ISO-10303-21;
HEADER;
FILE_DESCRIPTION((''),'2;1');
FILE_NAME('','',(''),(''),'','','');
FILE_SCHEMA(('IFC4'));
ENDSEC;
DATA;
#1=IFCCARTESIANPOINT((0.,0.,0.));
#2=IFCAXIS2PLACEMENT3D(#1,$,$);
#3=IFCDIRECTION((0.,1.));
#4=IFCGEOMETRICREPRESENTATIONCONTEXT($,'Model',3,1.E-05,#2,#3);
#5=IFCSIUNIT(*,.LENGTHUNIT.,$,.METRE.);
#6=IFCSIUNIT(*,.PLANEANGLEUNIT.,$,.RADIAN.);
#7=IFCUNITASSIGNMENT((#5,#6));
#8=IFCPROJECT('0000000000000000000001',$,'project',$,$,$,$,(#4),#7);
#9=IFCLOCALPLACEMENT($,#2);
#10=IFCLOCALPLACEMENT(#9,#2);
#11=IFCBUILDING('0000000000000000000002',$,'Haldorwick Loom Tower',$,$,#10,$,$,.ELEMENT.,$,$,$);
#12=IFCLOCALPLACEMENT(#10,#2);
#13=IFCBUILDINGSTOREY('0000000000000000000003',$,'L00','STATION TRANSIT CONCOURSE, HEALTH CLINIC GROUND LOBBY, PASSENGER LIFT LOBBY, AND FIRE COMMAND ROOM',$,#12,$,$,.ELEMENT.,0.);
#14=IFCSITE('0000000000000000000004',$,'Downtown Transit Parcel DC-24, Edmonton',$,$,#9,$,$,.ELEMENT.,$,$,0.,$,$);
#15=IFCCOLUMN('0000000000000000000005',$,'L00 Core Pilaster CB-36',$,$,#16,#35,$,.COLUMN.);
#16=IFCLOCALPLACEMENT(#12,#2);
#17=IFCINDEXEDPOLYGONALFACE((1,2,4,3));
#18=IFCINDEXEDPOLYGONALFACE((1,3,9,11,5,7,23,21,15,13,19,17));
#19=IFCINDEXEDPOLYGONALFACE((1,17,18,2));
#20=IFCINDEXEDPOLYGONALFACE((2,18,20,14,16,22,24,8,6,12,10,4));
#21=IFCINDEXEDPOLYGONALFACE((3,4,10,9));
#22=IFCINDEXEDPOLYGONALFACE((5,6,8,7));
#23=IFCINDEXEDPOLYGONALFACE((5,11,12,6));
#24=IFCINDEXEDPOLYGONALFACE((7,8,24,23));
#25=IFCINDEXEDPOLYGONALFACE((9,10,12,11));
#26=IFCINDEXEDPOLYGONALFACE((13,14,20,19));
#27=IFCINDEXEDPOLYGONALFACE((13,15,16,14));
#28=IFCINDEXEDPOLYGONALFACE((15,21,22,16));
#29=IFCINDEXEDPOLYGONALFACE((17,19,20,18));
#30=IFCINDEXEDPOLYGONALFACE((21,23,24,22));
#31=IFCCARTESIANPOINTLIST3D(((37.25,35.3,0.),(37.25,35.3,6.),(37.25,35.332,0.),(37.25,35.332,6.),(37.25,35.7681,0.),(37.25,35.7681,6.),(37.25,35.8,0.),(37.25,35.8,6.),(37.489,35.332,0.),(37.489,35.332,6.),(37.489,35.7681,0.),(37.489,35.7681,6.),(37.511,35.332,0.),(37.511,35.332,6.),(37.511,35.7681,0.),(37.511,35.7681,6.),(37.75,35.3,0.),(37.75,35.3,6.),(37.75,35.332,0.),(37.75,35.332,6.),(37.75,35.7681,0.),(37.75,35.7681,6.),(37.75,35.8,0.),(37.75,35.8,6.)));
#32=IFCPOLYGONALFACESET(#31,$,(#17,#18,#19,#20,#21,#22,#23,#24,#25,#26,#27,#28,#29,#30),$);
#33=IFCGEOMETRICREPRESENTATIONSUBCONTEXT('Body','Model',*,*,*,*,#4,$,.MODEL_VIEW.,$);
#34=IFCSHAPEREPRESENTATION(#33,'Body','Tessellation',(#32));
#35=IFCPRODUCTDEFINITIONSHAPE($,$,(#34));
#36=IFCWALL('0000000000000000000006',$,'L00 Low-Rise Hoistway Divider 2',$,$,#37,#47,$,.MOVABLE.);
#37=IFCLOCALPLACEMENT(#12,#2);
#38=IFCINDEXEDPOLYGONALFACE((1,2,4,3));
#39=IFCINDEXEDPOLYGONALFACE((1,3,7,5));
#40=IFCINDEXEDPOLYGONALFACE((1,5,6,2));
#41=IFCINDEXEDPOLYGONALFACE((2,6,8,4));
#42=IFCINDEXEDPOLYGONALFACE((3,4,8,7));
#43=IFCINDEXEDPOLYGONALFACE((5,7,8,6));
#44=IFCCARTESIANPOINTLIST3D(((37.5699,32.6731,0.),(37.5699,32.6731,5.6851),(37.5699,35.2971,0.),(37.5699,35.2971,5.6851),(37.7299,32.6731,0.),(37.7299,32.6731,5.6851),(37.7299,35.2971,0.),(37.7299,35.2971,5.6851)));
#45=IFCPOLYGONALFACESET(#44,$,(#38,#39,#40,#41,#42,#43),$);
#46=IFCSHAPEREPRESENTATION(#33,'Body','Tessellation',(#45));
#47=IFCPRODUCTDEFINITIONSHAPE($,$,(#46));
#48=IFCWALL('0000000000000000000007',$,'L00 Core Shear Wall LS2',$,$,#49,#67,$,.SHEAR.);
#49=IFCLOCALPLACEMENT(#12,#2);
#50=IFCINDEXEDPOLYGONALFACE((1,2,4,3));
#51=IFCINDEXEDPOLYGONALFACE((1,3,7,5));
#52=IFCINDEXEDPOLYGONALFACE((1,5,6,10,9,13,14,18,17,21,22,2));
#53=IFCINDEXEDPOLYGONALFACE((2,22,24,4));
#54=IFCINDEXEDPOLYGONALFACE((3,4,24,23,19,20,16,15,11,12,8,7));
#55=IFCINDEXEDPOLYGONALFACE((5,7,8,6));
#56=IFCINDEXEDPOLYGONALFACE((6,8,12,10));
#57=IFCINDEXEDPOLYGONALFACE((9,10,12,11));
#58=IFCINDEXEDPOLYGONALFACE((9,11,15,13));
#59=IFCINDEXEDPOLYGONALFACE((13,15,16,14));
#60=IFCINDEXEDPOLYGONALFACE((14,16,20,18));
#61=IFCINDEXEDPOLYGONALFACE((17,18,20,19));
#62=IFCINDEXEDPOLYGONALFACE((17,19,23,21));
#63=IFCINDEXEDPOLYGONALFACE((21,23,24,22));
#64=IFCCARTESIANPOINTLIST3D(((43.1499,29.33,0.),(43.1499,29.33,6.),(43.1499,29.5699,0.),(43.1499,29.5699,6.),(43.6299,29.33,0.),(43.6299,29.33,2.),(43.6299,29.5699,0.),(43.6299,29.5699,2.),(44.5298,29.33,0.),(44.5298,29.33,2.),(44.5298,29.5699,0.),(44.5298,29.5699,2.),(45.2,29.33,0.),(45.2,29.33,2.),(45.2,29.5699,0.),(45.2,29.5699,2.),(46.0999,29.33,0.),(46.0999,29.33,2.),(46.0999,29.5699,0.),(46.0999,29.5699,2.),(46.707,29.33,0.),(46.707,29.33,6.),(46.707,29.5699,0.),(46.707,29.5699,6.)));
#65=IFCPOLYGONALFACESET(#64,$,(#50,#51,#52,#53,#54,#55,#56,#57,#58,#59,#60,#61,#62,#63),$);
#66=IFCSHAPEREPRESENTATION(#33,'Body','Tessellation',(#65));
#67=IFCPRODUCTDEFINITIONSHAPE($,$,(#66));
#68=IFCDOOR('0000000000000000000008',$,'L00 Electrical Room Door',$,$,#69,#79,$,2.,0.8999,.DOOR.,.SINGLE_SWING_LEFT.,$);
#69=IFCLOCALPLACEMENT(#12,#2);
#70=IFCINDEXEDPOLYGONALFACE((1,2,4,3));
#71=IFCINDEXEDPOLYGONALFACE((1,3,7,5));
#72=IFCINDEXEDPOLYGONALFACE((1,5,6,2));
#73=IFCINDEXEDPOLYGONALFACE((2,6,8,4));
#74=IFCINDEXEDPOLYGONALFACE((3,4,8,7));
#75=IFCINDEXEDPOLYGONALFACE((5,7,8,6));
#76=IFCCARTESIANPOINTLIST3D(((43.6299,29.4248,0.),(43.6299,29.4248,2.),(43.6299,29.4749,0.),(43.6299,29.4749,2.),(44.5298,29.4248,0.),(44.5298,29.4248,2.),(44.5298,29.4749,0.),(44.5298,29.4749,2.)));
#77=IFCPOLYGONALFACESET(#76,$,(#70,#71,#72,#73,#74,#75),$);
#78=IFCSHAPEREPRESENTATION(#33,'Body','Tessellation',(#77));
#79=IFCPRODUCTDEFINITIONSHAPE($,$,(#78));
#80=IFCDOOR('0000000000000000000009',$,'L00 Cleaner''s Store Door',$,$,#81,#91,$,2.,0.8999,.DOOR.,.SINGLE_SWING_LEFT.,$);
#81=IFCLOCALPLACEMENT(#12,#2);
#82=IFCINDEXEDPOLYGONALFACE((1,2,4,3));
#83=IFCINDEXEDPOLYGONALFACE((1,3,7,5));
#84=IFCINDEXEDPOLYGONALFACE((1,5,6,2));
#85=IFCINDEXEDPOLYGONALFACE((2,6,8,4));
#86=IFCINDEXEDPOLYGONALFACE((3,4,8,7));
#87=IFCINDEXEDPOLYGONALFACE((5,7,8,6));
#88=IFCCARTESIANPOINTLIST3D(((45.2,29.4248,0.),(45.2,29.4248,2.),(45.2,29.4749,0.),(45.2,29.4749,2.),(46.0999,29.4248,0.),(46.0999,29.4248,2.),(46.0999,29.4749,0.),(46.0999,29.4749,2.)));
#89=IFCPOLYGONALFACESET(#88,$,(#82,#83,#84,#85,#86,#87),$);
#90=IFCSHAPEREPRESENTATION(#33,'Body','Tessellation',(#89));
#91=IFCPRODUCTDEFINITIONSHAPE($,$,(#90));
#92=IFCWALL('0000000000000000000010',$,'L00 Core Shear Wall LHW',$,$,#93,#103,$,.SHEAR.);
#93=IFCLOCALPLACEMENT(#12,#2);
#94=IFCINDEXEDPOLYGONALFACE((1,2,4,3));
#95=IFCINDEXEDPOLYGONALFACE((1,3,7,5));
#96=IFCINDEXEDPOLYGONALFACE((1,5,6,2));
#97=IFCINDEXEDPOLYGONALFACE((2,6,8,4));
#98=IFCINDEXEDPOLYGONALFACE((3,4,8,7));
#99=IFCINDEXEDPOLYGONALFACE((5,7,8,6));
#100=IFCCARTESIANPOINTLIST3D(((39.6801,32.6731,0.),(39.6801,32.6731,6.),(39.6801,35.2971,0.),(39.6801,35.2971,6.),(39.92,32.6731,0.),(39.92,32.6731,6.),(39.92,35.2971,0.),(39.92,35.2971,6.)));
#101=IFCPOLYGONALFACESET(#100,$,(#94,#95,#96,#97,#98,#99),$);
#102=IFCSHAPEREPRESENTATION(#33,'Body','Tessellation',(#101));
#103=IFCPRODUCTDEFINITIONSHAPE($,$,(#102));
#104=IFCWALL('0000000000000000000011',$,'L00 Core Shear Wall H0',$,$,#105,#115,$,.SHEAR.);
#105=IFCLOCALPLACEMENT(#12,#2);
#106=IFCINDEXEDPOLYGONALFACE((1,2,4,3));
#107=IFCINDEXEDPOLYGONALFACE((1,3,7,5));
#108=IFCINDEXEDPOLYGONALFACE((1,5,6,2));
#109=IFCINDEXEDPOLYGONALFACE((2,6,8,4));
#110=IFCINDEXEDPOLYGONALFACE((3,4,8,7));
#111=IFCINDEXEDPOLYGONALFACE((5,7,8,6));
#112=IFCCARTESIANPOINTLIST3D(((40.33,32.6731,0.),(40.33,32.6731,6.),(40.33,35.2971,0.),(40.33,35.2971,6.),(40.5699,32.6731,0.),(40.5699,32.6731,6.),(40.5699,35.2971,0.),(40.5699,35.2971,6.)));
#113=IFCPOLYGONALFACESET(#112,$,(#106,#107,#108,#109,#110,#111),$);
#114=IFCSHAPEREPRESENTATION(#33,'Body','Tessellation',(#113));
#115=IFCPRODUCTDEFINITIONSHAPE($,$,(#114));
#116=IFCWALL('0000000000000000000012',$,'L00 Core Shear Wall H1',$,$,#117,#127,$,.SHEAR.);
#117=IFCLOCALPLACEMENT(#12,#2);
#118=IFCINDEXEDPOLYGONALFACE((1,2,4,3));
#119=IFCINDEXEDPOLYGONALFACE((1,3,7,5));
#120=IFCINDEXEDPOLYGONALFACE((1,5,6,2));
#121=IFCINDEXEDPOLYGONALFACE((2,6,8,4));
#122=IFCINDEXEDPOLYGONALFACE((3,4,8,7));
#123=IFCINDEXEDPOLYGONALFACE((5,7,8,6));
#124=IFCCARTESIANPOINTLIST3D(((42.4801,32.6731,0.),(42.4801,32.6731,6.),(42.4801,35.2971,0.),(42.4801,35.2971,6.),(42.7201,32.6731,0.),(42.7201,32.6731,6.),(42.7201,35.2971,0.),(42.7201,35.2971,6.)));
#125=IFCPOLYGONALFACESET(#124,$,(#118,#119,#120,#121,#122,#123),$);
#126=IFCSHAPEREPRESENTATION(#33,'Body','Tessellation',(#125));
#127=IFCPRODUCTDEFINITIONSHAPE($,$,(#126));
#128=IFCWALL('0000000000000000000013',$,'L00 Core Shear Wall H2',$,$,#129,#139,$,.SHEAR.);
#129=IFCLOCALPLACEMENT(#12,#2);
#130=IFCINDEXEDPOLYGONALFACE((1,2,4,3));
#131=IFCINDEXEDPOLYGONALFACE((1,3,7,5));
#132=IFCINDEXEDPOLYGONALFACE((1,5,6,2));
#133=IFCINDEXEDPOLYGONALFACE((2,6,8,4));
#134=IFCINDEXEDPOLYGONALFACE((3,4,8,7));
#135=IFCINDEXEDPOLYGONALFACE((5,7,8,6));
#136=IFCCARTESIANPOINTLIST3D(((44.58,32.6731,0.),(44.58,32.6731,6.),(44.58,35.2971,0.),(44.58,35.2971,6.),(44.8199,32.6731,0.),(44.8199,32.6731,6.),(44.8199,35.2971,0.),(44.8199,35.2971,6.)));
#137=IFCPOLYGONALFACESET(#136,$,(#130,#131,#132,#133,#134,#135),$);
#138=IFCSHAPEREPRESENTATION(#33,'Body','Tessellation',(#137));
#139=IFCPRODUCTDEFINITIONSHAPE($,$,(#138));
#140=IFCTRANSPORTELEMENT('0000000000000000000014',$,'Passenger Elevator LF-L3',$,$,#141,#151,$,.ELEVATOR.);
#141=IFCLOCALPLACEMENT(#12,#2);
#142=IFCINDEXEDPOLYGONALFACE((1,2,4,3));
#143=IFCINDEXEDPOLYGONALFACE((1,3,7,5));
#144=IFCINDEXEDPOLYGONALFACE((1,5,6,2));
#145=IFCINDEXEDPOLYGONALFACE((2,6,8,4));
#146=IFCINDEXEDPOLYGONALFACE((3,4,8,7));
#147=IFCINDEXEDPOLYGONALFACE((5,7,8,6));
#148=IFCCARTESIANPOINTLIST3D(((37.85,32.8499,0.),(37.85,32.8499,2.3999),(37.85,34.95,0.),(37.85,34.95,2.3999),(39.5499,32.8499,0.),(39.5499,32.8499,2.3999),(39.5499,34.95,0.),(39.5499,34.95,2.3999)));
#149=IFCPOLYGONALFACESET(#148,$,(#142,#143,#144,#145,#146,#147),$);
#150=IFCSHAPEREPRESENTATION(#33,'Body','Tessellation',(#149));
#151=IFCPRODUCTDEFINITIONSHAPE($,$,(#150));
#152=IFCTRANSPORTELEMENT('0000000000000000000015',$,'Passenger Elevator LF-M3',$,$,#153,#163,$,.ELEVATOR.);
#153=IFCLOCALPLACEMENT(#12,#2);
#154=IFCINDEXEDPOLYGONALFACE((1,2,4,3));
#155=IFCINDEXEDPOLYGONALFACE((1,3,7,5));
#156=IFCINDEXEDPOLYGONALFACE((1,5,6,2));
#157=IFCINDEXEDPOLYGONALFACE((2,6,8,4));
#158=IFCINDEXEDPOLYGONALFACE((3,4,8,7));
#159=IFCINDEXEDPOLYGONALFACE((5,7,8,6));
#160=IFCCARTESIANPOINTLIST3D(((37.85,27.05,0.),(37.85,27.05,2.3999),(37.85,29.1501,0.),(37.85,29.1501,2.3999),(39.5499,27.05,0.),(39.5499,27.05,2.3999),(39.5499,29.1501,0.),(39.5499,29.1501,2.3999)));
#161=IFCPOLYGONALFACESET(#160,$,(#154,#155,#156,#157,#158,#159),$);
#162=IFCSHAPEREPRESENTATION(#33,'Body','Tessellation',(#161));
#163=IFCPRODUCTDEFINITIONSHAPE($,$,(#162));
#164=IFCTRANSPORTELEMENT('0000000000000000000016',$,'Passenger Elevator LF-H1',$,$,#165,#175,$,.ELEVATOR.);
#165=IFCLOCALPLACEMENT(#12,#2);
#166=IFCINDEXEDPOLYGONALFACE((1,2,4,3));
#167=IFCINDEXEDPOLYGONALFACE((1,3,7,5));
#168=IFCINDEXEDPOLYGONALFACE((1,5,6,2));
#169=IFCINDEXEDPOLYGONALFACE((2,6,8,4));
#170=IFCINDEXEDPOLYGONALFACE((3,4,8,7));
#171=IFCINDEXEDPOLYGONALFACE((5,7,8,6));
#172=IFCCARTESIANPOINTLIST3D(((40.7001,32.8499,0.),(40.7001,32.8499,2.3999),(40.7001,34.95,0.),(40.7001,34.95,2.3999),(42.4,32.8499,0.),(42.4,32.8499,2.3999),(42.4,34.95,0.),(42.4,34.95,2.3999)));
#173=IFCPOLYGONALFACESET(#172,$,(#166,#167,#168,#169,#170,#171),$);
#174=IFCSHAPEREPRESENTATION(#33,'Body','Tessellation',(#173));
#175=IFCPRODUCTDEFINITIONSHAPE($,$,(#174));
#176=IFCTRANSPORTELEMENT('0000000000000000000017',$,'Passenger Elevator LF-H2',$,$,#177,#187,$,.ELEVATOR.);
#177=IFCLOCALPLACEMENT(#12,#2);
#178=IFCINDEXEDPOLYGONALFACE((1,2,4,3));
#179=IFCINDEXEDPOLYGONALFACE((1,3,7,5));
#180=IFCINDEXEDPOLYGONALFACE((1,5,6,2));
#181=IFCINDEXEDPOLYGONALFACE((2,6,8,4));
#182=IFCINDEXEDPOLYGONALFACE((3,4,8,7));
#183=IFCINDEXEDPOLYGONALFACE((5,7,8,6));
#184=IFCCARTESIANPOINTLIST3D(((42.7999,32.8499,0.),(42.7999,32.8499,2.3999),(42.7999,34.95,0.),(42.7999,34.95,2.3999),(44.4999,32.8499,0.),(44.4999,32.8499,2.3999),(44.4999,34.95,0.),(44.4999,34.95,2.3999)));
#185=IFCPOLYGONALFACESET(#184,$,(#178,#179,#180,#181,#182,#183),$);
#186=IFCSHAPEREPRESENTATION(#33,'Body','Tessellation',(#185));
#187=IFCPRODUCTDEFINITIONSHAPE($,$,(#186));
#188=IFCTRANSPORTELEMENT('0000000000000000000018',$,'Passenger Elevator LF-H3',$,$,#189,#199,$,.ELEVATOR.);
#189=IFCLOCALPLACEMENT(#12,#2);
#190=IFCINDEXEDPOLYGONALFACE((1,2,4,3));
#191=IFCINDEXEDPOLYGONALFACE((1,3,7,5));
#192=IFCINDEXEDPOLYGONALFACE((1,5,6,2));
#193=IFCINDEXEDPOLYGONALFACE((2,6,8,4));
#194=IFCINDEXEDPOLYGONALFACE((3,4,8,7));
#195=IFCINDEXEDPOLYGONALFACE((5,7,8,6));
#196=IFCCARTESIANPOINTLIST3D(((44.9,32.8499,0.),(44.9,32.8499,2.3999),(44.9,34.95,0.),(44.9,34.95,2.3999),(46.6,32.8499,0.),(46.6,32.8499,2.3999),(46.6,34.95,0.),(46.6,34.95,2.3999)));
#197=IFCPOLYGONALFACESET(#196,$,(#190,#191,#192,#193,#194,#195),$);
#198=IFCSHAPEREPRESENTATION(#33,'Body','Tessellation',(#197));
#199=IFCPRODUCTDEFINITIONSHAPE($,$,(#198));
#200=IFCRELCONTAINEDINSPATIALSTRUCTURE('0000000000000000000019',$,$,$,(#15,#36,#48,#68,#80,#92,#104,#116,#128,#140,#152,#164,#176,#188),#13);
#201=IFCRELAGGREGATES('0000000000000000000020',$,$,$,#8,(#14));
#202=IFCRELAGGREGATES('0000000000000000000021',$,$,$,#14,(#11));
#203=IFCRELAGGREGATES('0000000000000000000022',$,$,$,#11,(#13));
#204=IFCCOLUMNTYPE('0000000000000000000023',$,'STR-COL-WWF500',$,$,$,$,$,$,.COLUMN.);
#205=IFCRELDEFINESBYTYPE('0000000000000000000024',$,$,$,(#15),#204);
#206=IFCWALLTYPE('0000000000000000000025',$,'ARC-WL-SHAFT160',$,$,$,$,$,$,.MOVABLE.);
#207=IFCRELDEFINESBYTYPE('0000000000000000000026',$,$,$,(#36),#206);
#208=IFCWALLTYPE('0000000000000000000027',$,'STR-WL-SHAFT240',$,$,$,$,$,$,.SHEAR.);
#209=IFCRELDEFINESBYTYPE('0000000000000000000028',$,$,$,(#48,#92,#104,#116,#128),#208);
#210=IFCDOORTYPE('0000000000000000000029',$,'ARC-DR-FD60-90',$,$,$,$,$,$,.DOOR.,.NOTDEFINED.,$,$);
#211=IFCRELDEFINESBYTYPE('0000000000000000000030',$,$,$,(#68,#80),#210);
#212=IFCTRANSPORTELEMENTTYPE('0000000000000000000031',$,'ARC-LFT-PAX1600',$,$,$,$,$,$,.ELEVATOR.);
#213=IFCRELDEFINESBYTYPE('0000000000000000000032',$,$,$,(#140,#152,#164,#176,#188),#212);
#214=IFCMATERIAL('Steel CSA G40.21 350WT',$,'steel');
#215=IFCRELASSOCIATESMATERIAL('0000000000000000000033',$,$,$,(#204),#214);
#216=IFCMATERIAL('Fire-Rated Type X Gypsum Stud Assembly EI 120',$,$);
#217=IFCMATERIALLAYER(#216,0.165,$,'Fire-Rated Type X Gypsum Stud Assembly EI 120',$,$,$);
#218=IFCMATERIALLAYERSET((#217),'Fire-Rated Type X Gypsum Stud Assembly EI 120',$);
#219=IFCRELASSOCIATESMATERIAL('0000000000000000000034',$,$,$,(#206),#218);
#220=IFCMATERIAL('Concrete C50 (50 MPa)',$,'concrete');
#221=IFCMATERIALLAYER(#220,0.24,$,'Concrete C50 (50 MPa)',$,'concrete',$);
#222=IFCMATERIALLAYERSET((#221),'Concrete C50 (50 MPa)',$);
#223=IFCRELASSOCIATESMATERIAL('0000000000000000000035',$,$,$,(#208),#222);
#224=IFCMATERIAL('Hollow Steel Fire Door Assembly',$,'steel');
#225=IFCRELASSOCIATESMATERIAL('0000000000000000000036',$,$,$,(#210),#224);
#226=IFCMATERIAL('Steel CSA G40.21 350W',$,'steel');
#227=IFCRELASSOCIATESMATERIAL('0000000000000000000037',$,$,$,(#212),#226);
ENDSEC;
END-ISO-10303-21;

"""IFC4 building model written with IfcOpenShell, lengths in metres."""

from ifc_helpers import new_model, si_unit, direction, frame, frame_2d, origin, origin_2d, place, context, subcontext, project, spatial, rectangle, i_section, extrude, material, layer, layer_set, material_profile, profile_set, type_object, element, fill, save


model = new_model("IFC4")

# Units and contexts
model_context = context("Model", 3, precision=1e-05, world=origin(), true_north=direction((0.0, 1.0)))
body_context = subcontext(model_context, "Body", "Model", "MODEL_VIEW")
ifc_project = project(units=[si_unit("LENGTHUNIT", "METRE"), si_unit("PLANEANGLEUNIT", "RADIAN")], contexts=[model_context])

# Site, building, storey
site_placement = place(None, origin())
site = spatial("IfcSite", under=ifc_project, at=site_placement, Name="Downtown Transit Parcel DC-24, Edmonton", CompositionType="ELEMENT", RefElevation=0.0)
building_placement = place(site_placement, origin())
building = spatial("IfcBuilding", under=site, at=building_placement, Name="Haldorwick Loom Tower", CompositionType="ELEMENT")
storey_placement = place(building_placement, origin())
storey = spatial("IfcBuildingStorey", under=building, at=storey_placement, Name="L00", Description="STATION TRANSIT CONCOURSE, HEALTH CLINIC GROUND LOBBY, PASSENGER LIFT LOBBY, AND FIRE COMMAND ROOM", CompositionType="ELEMENT", Elevation=0.0)

# Column
ifc_material_1 = material(Name="Steel CSA G40.21 350WT", Category="steel")
ifc_material_profile = material_profile(ifc_material_1, i_section(OverallWidth=0.5, OverallDepth=0.5, WebThickness=0.022, FlangeThickness=0.032, at=origin_2d()), Name="WWF500X500", Category="steel")
ifc_profile_set = profile_set([ifc_material_profile], Name="Steel CSA G40.21 350WT")
column_type = type_object("IfcColumnType", Name="STR-COL-WWF500", PredefinedType="COLUMN", material=ifc_profile_set)
column_placement = place(storey_placement, frame((37.5, 35.55, 0.0), z_axis=(0.0, 0.0, 1.0), x_axis=(1.0, 0.0, 0.0)))
element("IfcColumn", 1, at=column_placement, inside=storey, type_object=column_type, Name="L00 Core Pilaster CB-36", PredefinedType="COLUMN", context=body_context, shape_type="SweptSolid", body=[
    extrude(i_section(OverallWidth=0.5, OverallDepth=0.5, WebThickness=0.022, FlangeThickness=0.032, at=origin_2d()), origin(), (0.0, 0.0, 1.0), 6.0),
])

# Wall
ifc_material_2 = material(Name="Fire-Rated Type X Gypsum Stud Assembly EI 120")
ifc_layer_1 = layer(ifc_material_2, 0.165, Name="Fire-Rated Type X Gypsum Stud Assembly EI 120")
ifc_layer_set_1 = layer_set([ifc_layer_1], Name="Fire-Rated Type X Gypsum Stud Assembly EI 120")
wall_type_1 = type_object("IfcWallType", Name="ARC-WL-SHAFT160", PredefinedType="MOVABLE", material=ifc_layer_set_1)
wall_1_placement = place(storey_placement, frame((37.6499, 32.6731, 0.0), z_axis=(0.0, 0.0, 1.0), x_axis=(0.0, 1.0, 0.0)))
element("IfcWall", 2, at=wall_1_placement, inside=storey, type_object=wall_type_1, Name="L00 Low-Rise Hoistway Divider 2", PredefinedType="MOVABLE", context=body_context, shape_type="SweptSolid", body=[
    extrude(rectangle(XDim=2.624, YDim=0.1599, at=frame_2d((1.312, 0.0))), origin(), (0.0, 0.0, 1.0), 5.6851),
])

# Wall, openings, doors
ifc_material_3 = material(Name="Concrete C50 (50 MPa)", Category="concrete")
ifc_layer_2 = layer(ifc_material_3, 0.24, Name="Concrete C50 (50 MPa)", Category="concrete")
ifc_layer_set_2 = layer_set([ifc_layer_2], Name="Concrete C50 (50 MPa)")
wall_type_2 = type_object("IfcWallType", Name="STR-WL-SHAFT240", PredefinedType="SHEAR", material=ifc_layer_set_2)
wall_2_placement = place(storey_placement, frame((43.1499, 29.45, 0.0), z_axis=(0.0, 0.0, 1.0), x_axis=(1.0, 0.0, 0.0)))
wall_2 = element("IfcWall", 3, at=wall_2_placement, inside=storey, type_object=wall_type_2, Name="L00 Core Shear Wall LS2", PredefinedType="SHEAR", context=body_context, shape_type="SweptSolid", body=[
    extrude(rectangle(XDim=3.5571, YDim=0.24, at=frame_2d((1.7786, 0.0))), origin(), (0.0, 0.0, 1.0), 6.0),
])
opening_1_placement = place(wall_2_placement, frame((0.48, 0.0, 0.0)))
opening_1 = element("IfcOpeningElement", 4, at=opening_1_placement, cuts=wall_2, PredefinedType="OPENING", context=body_context, shape_type="SweptSolid", body=[
    extrude(rectangle(XDim=0.8999, YDim=2.0, at=frame_2d((0.45, 1.0))), frame((0.0, 0.1299, 0.0), z_axis=(0.0, -1.0, 0.0), x_axis=(1.0, 0.0, 0.0)), (0.0, 0.0, 1.0), 0.26),
])
opening_2_placement = place(wall_2_placement, frame((2.05, 0.0, 0.0)))
opening_2 = element("IfcOpeningElement", 5, at=opening_2_placement, cuts=wall_2, PredefinedType="OPENING", context=body_context, shape_type="SweptSolid", body=[
    extrude(rectangle(XDim=0.8999, YDim=2.0, at=frame_2d((0.45, 1.0))), frame((0.0, 0.1299, 0.0), z_axis=(0.0, -1.0, 0.0), x_axis=(1.0, 0.0, 0.0)), (0.0, 0.0, 1.0), 0.26),
])
ifc_material_4 = material(Name="Hollow Steel Fire Door Assembly", Category="steel")
door_type = type_object("IfcDoorType", Name="ARC-DR-FD60-90", OperationType="NOTDEFINED", PredefinedType="DOOR", material=ifc_material_4)
door_1_placement = place(opening_1_placement, origin())
door_1 = element("IfcDoor", 6, at=door_1_placement, inside=storey, type_object=door_type, Name="L00 Electrical Room Door", OperationType="SINGLE_SWING_LEFT", OverallHeight=2.0, OverallWidth=0.8999, PredefinedType="DOOR", context=body_context, shape_type="SweptSolid", body=[
    extrude(rectangle(XDim=0.8999, YDim=2.0, at=frame_2d((0.45, 1.0))), frame((0.0, 0.0249, 0.0), z_axis=(0.0, -1.0, 0.0), x_axis=(1.0, 0.0, 0.0)), (0.0, 0.0, 1.0), 0.05),
])
fill(opening_1, door_1)
door_2_placement = place(opening_2_placement, origin())
door_2 = element("IfcDoor", 7, at=door_2_placement, inside=storey, type_object=door_type, Name="L00 Cleaner's Store Door", OperationType="SINGLE_SWING_LEFT", OverallHeight=2.0, OverallWidth=0.8999, PredefinedType="DOOR", context=body_context, shape_type="SweptSolid", body=[
    extrude(rectangle(XDim=0.8999, YDim=2.0, at=frame_2d((0.45, 1.0))), frame((0.0, 0.0249, 0.0), z_axis=(0.0, -1.0, 0.0), x_axis=(1.0, 0.0, 0.0)), (0.0, 0.0, 1.0), 0.05),
])
fill(opening_2, door_2)

# Walls
for number, where, z_axis, x_axis, name in (
    (8, (39.8, 32.6731, 0.0), (0.0, 0.0, 1.0), (0.0, 1.0, 0.0), "L00 Core Shear Wall LHW"),
    (9, (40.45, 32.6731, 0.0), (0.0, 0.0, 1.0), (0.0, 1.0, 0.0), "L00 Core Shear Wall H0"),
    (10, (42.6001, 32.6731, 0.0), (0.0, 0.0, 1.0), (0.0, 1.0, 0.0), "L00 Core Shear Wall H1"),
    (11, (44.7, 32.6731, 0.0), (0.0, 0.0, 1.0), (0.0, 1.0, 0.0), "L00 Core Shear Wall H2"),
):
    element("IfcWall", number, at=place(storey_placement, frame(where, z_axis=z_axis, x_axis=x_axis)), inside=storey, type_object=wall_type_2, Name=name, PredefinedType="SHEAR", context=body_context, shape_type="SweptSolid", body=[
        extrude(rectangle(XDim=2.624, YDim=0.24, at=frame_2d((1.312, 0.0))), origin(), (0.0, 0.0, 1.0), 6.0),
    ])

# Transport elements
ifc_material_5 = material(Name="Steel CSA G40.21 350W", Category="steel")
transport_element_type = type_object("IfcTransportElementType", Name="ARC-LFT-PAX1600", PredefinedType="ELEVATOR", material=ifc_material_5)
for number, where, z_axis, x_axis, name in (
    (12, (38.7, 33.8999, 0.0), (0.0, 0.0, 1.0), (1.0, 0.0, 0.0), "Passenger Elevator LF-L3"),
    (13, (38.7, 28.1001, 0.0), (0.0, 0.0, 1.0), (1.0, 0.0, 0.0), "Passenger Elevator LF-M3"),
    (14, (41.55, 33.8999, 0.0), (0.0, 0.0, 1.0), (1.0, 0.0, 0.0), "Passenger Elevator LF-H1"),
    (15, (43.6499, 33.8999, 0.0), (0.0, 0.0, 1.0), (1.0, 0.0, 0.0), "Passenger Elevator LF-H2"),
    (16, (45.75, 33.8999, 0.0), (0.0, 0.0, 1.0), (1.0, 0.0, 0.0), "Passenger Elevator LF-H3"),
):
    element("IfcTransportElement", number, at=place(storey_placement, frame(where, z_axis=z_axis, x_axis=x_axis)), inside=storey, type_object=transport_element_type, Name=name, PredefinedType="ELEVATOR", context=body_context, shape_type="SweptSolid", body=[
        extrude(rectangle(XDim=1.7, YDim=2.1001, at=origin_2d()), origin(), (0.0, 0.0, 1.0), 2.3999),
    ])

save(model, "model.ifc")
